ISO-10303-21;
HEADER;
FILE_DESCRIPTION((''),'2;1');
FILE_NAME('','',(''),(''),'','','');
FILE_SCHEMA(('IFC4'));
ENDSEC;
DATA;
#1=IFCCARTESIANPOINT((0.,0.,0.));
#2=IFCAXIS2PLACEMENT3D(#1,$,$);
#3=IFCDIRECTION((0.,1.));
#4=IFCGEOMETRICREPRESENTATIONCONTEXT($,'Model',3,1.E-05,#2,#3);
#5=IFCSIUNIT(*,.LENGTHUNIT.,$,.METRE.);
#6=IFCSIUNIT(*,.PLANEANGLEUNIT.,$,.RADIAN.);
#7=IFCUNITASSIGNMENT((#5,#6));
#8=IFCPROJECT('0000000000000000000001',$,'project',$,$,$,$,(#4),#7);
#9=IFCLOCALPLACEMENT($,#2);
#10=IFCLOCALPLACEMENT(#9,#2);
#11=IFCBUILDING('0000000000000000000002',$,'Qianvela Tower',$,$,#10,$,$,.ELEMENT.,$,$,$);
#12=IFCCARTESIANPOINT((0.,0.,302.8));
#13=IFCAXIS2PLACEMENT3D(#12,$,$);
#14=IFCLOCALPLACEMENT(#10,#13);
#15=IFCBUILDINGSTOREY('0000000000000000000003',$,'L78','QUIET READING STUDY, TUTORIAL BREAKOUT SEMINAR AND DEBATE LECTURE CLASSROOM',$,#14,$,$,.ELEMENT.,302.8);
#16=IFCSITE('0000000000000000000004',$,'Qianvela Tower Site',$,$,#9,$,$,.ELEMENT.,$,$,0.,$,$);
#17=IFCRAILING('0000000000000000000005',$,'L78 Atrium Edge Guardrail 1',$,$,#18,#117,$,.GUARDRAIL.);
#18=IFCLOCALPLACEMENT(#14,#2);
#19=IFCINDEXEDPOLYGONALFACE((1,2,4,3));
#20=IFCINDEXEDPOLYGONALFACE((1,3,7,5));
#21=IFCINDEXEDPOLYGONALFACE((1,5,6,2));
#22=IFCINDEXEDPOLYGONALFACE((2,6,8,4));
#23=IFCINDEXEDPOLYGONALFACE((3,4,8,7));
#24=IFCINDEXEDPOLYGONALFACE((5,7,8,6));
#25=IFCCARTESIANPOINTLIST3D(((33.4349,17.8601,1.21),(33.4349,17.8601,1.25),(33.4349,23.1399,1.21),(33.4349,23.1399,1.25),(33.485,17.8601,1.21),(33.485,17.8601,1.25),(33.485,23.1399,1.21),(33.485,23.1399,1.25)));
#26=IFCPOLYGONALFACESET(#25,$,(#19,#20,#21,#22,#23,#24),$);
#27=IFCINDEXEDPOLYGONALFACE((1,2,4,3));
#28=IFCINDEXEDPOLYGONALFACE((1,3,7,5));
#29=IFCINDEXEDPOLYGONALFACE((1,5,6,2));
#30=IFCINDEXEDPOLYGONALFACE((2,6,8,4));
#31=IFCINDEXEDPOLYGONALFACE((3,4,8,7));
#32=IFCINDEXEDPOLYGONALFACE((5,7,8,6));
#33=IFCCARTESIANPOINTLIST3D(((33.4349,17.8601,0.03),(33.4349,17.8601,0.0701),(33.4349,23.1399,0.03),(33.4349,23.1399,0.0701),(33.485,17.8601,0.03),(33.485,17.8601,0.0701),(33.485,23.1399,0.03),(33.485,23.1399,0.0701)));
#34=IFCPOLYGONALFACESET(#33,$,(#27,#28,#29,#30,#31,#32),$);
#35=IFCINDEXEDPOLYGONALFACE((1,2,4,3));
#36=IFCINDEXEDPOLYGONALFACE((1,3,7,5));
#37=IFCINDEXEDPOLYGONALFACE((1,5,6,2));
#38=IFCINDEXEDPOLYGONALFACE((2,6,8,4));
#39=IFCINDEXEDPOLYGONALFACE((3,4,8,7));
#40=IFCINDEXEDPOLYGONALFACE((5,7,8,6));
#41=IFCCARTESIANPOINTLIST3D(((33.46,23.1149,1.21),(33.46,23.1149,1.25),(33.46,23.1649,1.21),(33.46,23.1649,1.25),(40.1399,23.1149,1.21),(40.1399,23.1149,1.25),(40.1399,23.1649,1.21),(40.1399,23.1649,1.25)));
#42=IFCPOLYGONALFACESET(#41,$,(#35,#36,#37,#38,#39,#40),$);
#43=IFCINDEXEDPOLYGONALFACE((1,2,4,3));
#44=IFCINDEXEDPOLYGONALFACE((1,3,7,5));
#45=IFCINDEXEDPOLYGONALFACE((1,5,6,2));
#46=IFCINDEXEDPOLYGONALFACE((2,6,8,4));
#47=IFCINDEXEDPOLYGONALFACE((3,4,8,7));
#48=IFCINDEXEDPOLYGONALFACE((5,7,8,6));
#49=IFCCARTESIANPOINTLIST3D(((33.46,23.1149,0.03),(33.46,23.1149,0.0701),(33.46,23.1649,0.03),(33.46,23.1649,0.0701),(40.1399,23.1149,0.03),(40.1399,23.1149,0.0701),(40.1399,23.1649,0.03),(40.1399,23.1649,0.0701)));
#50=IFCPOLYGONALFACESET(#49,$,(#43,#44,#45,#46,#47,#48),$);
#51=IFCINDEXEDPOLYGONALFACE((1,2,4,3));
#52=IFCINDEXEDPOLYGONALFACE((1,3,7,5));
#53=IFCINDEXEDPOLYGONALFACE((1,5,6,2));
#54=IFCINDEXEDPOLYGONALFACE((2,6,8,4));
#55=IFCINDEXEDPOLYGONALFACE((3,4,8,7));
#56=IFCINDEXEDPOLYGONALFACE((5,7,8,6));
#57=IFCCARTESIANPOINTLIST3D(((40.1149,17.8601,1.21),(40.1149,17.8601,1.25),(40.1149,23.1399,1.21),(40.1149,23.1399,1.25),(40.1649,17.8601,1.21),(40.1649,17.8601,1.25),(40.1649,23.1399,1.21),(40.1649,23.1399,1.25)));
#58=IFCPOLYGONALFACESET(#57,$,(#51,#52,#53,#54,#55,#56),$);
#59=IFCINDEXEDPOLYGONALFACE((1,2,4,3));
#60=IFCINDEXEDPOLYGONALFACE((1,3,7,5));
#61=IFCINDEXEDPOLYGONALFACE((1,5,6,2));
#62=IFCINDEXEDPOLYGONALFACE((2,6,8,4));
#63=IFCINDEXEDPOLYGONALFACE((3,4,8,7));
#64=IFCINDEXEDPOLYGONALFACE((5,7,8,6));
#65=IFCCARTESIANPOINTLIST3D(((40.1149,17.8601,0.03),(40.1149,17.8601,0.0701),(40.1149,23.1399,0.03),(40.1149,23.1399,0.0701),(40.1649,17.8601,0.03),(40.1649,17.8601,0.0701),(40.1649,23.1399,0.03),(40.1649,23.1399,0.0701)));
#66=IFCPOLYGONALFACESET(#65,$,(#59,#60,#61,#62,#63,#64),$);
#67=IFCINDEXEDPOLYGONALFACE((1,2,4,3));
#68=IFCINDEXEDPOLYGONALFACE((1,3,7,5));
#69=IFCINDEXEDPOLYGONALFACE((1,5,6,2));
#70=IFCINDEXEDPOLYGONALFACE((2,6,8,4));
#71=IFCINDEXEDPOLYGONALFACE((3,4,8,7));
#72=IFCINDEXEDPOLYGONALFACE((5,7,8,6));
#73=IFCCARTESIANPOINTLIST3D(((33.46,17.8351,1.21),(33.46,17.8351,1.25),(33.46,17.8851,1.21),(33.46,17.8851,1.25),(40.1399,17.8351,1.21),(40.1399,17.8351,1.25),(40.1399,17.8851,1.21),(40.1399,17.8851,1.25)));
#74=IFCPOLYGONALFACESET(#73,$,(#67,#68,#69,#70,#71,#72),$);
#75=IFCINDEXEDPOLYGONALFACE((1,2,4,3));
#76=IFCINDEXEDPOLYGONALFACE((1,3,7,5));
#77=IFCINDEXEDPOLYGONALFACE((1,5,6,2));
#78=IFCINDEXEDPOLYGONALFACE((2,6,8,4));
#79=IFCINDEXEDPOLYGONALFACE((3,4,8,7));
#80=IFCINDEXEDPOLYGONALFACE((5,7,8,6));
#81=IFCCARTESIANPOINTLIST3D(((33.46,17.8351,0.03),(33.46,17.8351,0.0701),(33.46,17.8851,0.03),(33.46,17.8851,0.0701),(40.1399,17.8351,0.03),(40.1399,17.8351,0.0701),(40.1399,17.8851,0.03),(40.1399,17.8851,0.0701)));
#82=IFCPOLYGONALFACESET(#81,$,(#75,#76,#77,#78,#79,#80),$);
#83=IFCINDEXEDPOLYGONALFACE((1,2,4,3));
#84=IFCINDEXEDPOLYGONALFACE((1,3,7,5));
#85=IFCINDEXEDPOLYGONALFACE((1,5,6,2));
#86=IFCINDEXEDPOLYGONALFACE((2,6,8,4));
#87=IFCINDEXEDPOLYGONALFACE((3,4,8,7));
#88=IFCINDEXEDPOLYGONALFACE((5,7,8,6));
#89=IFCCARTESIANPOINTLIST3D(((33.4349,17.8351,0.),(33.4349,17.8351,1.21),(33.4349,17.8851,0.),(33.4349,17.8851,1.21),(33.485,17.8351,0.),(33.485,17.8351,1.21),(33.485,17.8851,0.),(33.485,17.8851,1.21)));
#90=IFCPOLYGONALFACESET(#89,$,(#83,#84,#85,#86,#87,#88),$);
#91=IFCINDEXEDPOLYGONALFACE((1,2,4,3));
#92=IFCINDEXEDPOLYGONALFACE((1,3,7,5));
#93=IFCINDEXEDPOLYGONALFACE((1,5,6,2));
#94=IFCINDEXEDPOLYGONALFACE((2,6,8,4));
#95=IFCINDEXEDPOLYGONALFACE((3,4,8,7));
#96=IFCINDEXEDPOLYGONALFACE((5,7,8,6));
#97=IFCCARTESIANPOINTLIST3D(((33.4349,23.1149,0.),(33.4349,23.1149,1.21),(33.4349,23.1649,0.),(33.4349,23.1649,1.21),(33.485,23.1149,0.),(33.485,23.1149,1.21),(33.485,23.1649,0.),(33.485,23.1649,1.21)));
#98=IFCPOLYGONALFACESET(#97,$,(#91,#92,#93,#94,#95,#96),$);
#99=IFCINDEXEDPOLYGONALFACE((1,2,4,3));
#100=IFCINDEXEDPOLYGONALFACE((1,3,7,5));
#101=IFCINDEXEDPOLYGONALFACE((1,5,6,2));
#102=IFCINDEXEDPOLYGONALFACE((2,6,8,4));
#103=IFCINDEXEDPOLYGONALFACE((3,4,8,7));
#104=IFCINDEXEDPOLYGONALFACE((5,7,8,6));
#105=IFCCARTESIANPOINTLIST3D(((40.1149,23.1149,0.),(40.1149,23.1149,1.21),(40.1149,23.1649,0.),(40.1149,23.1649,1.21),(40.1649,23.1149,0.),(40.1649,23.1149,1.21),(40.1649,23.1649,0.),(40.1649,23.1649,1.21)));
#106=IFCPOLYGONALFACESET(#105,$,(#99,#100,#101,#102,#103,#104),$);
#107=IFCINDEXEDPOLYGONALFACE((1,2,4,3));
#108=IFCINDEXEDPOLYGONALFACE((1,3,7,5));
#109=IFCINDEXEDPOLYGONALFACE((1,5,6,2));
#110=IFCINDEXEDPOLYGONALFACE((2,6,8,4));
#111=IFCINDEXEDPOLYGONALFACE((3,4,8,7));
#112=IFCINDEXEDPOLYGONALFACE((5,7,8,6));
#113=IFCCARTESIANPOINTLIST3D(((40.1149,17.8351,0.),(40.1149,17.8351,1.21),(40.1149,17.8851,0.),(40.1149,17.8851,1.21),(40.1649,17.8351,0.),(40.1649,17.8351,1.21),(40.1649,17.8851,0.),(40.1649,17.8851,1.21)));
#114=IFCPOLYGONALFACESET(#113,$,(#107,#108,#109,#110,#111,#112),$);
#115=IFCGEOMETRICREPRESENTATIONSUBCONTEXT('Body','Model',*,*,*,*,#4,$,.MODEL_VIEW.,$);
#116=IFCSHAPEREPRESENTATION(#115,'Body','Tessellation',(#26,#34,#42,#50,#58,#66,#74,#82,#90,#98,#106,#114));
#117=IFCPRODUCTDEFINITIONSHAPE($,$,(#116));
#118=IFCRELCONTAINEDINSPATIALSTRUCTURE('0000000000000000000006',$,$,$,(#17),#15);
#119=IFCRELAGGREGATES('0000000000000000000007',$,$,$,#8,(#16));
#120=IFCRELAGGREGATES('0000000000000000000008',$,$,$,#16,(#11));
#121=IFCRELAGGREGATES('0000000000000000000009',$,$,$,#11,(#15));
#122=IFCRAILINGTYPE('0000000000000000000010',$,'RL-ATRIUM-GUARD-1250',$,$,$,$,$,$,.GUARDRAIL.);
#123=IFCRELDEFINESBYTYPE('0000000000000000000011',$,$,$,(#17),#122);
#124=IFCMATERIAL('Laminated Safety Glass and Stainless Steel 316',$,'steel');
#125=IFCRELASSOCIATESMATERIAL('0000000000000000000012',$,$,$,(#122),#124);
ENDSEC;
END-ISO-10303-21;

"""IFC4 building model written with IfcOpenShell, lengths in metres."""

from ifc_helpers import new_model, si_unit, direction, frame, origin, origin_2d, place, context, subcontext, project, spatial, rectangle, extrude, material, type_object, element, save


model = new_model("IFC4")

# Units and contexts
model_context = context("Model", 3, precision=1e-05, world=origin(), true_north=direction((0.0, 1.0)))
body_context = subcontext(model_context, "Body", "Model", "MODEL_VIEW")
ifc_project = project(units=[si_unit("LENGTHUNIT", "METRE"), si_unit("PLANEANGLEUNIT", "RADIAN")], contexts=[model_context])

# Site, building, storey
site_placement = place(None, origin())
site = spatial("IfcSite", under=ifc_project, at=site_placement, Name="Qianvela Tower Site", CompositionType="ELEMENT", RefElevation=0.0)
building_placement = place(site_placement, origin())
building = spatial("IfcBuilding", under=site, at=building_placement, Name="Qianvela Tower", CompositionType="ELEMENT")
storey_placement = place(building_placement, frame((0.0, 0.0, 302.8)))
storey = spatial("IfcBuildingStorey", under=building, at=storey_placement, Name="L78", Description="QUIET READING STUDY, TUTORIAL BREAKOUT SEMINAR AND DEBATE LECTURE CLASSROOM", CompositionType="ELEMENT", Elevation=302.8)

# Railing
ifc_material_1 = material(Name="Laminated Safety Glass and Stainless Steel 316", Category="steel")
railing_type = type_object("IfcRailingType", Name="RL-ATRIUM-GUARD-1250", PredefinedType="GUARDRAIL", material=ifc_material_1)
railing_placement = place(storey_placement, frame((33.46, 17.8601, 0.0)))
element("IfcRailing", 1, at=railing_placement, inside=storey, type_object=railing_type, Name="L78 Atrium Edge Guardrail 1", PredefinedType="GUARDRAIL", context=body_context, shape_type="SweptSolid", body=[
    extrude(rectangle(XDim=0.05, YDim=0.04, at=origin_2d()), frame((0.0, 0.0, 1.23), z_axis=(0.0, 1.0, 0.0), x_axis=(-1.0, 0.0, 0.0)), (0.0, 0.0, 1.0), 5.2798),
    extrude(rectangle(XDim=0.05, YDim=0.04, at=origin_2d()), frame((0.0, 0.0, 0.05), z_axis=(0.0, 1.0, 0.0), x_axis=(-1.0, 0.0, 0.0)), (0.0, 0.0, 1.0), 5.2798),
    extrude(rectangle(XDim=0.05, YDim=0.04, at=origin_2d()), frame((0.0, 5.2798, 1.23), z_axis=(1.0, 0.0, 0.0), x_axis=(0.0, 1.0, 0.0)), (0.0, 0.0, 1.0), 6.6799),
    extrude(rectangle(XDim=0.05, YDim=0.04, at=origin_2d()), frame((0.0, 5.2798, 0.05), z_axis=(1.0, 0.0, 0.0), x_axis=(0.0, 1.0, 0.0)), (0.0, 0.0, 1.0), 6.6799),
    extrude(rectangle(XDim=0.05, YDim=0.04, at=origin_2d()), frame((6.6799, 5.2798, 1.23), z_axis=(0.0, -1.0, 0.0), x_axis=(1.0, 0.0, 0.0)), (0.0, 0.0, 1.0), 5.2798),
    extrude(rectangle(XDim=0.05, YDim=0.04, at=origin_2d()), frame((6.6799, 5.2798, 0.05), z_axis=(0.0, -1.0, 0.0), x_axis=(1.0, 0.0, 0.0)), (0.0, 0.0, 1.0), 5.2798),
    extrude(rectangle(XDim=0.05, YDim=0.04, at=origin_2d()), frame((6.6799, 0.0, 1.23), z_axis=(-1.0, 0.0, 0.0), x_axis=(0.0, -1.0, 0.0)), (0.0, 0.0, 1.0), 6.6799),
    extrude(rectangle(XDim=0.05, YDim=0.04, at=origin_2d()), frame((6.6799, 0.0, 0.05), z_axis=(-1.0, 0.0, 0.0), x_axis=(0.0, -1.0, 0.0)), (0.0, 0.0, 1.0), 6.6799),
    extrude(rectangle(XDim=0.05, YDim=0.05, at=origin_2d()), origin(), (0.0, 0.0, 1.0), 1.21),
    extrude(rectangle(XDim=0.05, YDim=0.05, at=origin_2d()), frame((0.0, 5.2798, 0.0)), (0.0, 0.0, 1.0), 1.21),
    extrude(rectangle(XDim=0.05, YDim=0.05, at=origin_2d()), frame((6.6799, 5.2798, 0.0)), (0.0, 0.0, 1.0), 1.21),
    extrude(rectangle(XDim=0.05, YDim=0.05, at=origin_2d()), frame((6.6799, 0.0, 0.0)), (0.0, 0.0, 1.0), 1.21),
])

save(model, "model.ifc")
